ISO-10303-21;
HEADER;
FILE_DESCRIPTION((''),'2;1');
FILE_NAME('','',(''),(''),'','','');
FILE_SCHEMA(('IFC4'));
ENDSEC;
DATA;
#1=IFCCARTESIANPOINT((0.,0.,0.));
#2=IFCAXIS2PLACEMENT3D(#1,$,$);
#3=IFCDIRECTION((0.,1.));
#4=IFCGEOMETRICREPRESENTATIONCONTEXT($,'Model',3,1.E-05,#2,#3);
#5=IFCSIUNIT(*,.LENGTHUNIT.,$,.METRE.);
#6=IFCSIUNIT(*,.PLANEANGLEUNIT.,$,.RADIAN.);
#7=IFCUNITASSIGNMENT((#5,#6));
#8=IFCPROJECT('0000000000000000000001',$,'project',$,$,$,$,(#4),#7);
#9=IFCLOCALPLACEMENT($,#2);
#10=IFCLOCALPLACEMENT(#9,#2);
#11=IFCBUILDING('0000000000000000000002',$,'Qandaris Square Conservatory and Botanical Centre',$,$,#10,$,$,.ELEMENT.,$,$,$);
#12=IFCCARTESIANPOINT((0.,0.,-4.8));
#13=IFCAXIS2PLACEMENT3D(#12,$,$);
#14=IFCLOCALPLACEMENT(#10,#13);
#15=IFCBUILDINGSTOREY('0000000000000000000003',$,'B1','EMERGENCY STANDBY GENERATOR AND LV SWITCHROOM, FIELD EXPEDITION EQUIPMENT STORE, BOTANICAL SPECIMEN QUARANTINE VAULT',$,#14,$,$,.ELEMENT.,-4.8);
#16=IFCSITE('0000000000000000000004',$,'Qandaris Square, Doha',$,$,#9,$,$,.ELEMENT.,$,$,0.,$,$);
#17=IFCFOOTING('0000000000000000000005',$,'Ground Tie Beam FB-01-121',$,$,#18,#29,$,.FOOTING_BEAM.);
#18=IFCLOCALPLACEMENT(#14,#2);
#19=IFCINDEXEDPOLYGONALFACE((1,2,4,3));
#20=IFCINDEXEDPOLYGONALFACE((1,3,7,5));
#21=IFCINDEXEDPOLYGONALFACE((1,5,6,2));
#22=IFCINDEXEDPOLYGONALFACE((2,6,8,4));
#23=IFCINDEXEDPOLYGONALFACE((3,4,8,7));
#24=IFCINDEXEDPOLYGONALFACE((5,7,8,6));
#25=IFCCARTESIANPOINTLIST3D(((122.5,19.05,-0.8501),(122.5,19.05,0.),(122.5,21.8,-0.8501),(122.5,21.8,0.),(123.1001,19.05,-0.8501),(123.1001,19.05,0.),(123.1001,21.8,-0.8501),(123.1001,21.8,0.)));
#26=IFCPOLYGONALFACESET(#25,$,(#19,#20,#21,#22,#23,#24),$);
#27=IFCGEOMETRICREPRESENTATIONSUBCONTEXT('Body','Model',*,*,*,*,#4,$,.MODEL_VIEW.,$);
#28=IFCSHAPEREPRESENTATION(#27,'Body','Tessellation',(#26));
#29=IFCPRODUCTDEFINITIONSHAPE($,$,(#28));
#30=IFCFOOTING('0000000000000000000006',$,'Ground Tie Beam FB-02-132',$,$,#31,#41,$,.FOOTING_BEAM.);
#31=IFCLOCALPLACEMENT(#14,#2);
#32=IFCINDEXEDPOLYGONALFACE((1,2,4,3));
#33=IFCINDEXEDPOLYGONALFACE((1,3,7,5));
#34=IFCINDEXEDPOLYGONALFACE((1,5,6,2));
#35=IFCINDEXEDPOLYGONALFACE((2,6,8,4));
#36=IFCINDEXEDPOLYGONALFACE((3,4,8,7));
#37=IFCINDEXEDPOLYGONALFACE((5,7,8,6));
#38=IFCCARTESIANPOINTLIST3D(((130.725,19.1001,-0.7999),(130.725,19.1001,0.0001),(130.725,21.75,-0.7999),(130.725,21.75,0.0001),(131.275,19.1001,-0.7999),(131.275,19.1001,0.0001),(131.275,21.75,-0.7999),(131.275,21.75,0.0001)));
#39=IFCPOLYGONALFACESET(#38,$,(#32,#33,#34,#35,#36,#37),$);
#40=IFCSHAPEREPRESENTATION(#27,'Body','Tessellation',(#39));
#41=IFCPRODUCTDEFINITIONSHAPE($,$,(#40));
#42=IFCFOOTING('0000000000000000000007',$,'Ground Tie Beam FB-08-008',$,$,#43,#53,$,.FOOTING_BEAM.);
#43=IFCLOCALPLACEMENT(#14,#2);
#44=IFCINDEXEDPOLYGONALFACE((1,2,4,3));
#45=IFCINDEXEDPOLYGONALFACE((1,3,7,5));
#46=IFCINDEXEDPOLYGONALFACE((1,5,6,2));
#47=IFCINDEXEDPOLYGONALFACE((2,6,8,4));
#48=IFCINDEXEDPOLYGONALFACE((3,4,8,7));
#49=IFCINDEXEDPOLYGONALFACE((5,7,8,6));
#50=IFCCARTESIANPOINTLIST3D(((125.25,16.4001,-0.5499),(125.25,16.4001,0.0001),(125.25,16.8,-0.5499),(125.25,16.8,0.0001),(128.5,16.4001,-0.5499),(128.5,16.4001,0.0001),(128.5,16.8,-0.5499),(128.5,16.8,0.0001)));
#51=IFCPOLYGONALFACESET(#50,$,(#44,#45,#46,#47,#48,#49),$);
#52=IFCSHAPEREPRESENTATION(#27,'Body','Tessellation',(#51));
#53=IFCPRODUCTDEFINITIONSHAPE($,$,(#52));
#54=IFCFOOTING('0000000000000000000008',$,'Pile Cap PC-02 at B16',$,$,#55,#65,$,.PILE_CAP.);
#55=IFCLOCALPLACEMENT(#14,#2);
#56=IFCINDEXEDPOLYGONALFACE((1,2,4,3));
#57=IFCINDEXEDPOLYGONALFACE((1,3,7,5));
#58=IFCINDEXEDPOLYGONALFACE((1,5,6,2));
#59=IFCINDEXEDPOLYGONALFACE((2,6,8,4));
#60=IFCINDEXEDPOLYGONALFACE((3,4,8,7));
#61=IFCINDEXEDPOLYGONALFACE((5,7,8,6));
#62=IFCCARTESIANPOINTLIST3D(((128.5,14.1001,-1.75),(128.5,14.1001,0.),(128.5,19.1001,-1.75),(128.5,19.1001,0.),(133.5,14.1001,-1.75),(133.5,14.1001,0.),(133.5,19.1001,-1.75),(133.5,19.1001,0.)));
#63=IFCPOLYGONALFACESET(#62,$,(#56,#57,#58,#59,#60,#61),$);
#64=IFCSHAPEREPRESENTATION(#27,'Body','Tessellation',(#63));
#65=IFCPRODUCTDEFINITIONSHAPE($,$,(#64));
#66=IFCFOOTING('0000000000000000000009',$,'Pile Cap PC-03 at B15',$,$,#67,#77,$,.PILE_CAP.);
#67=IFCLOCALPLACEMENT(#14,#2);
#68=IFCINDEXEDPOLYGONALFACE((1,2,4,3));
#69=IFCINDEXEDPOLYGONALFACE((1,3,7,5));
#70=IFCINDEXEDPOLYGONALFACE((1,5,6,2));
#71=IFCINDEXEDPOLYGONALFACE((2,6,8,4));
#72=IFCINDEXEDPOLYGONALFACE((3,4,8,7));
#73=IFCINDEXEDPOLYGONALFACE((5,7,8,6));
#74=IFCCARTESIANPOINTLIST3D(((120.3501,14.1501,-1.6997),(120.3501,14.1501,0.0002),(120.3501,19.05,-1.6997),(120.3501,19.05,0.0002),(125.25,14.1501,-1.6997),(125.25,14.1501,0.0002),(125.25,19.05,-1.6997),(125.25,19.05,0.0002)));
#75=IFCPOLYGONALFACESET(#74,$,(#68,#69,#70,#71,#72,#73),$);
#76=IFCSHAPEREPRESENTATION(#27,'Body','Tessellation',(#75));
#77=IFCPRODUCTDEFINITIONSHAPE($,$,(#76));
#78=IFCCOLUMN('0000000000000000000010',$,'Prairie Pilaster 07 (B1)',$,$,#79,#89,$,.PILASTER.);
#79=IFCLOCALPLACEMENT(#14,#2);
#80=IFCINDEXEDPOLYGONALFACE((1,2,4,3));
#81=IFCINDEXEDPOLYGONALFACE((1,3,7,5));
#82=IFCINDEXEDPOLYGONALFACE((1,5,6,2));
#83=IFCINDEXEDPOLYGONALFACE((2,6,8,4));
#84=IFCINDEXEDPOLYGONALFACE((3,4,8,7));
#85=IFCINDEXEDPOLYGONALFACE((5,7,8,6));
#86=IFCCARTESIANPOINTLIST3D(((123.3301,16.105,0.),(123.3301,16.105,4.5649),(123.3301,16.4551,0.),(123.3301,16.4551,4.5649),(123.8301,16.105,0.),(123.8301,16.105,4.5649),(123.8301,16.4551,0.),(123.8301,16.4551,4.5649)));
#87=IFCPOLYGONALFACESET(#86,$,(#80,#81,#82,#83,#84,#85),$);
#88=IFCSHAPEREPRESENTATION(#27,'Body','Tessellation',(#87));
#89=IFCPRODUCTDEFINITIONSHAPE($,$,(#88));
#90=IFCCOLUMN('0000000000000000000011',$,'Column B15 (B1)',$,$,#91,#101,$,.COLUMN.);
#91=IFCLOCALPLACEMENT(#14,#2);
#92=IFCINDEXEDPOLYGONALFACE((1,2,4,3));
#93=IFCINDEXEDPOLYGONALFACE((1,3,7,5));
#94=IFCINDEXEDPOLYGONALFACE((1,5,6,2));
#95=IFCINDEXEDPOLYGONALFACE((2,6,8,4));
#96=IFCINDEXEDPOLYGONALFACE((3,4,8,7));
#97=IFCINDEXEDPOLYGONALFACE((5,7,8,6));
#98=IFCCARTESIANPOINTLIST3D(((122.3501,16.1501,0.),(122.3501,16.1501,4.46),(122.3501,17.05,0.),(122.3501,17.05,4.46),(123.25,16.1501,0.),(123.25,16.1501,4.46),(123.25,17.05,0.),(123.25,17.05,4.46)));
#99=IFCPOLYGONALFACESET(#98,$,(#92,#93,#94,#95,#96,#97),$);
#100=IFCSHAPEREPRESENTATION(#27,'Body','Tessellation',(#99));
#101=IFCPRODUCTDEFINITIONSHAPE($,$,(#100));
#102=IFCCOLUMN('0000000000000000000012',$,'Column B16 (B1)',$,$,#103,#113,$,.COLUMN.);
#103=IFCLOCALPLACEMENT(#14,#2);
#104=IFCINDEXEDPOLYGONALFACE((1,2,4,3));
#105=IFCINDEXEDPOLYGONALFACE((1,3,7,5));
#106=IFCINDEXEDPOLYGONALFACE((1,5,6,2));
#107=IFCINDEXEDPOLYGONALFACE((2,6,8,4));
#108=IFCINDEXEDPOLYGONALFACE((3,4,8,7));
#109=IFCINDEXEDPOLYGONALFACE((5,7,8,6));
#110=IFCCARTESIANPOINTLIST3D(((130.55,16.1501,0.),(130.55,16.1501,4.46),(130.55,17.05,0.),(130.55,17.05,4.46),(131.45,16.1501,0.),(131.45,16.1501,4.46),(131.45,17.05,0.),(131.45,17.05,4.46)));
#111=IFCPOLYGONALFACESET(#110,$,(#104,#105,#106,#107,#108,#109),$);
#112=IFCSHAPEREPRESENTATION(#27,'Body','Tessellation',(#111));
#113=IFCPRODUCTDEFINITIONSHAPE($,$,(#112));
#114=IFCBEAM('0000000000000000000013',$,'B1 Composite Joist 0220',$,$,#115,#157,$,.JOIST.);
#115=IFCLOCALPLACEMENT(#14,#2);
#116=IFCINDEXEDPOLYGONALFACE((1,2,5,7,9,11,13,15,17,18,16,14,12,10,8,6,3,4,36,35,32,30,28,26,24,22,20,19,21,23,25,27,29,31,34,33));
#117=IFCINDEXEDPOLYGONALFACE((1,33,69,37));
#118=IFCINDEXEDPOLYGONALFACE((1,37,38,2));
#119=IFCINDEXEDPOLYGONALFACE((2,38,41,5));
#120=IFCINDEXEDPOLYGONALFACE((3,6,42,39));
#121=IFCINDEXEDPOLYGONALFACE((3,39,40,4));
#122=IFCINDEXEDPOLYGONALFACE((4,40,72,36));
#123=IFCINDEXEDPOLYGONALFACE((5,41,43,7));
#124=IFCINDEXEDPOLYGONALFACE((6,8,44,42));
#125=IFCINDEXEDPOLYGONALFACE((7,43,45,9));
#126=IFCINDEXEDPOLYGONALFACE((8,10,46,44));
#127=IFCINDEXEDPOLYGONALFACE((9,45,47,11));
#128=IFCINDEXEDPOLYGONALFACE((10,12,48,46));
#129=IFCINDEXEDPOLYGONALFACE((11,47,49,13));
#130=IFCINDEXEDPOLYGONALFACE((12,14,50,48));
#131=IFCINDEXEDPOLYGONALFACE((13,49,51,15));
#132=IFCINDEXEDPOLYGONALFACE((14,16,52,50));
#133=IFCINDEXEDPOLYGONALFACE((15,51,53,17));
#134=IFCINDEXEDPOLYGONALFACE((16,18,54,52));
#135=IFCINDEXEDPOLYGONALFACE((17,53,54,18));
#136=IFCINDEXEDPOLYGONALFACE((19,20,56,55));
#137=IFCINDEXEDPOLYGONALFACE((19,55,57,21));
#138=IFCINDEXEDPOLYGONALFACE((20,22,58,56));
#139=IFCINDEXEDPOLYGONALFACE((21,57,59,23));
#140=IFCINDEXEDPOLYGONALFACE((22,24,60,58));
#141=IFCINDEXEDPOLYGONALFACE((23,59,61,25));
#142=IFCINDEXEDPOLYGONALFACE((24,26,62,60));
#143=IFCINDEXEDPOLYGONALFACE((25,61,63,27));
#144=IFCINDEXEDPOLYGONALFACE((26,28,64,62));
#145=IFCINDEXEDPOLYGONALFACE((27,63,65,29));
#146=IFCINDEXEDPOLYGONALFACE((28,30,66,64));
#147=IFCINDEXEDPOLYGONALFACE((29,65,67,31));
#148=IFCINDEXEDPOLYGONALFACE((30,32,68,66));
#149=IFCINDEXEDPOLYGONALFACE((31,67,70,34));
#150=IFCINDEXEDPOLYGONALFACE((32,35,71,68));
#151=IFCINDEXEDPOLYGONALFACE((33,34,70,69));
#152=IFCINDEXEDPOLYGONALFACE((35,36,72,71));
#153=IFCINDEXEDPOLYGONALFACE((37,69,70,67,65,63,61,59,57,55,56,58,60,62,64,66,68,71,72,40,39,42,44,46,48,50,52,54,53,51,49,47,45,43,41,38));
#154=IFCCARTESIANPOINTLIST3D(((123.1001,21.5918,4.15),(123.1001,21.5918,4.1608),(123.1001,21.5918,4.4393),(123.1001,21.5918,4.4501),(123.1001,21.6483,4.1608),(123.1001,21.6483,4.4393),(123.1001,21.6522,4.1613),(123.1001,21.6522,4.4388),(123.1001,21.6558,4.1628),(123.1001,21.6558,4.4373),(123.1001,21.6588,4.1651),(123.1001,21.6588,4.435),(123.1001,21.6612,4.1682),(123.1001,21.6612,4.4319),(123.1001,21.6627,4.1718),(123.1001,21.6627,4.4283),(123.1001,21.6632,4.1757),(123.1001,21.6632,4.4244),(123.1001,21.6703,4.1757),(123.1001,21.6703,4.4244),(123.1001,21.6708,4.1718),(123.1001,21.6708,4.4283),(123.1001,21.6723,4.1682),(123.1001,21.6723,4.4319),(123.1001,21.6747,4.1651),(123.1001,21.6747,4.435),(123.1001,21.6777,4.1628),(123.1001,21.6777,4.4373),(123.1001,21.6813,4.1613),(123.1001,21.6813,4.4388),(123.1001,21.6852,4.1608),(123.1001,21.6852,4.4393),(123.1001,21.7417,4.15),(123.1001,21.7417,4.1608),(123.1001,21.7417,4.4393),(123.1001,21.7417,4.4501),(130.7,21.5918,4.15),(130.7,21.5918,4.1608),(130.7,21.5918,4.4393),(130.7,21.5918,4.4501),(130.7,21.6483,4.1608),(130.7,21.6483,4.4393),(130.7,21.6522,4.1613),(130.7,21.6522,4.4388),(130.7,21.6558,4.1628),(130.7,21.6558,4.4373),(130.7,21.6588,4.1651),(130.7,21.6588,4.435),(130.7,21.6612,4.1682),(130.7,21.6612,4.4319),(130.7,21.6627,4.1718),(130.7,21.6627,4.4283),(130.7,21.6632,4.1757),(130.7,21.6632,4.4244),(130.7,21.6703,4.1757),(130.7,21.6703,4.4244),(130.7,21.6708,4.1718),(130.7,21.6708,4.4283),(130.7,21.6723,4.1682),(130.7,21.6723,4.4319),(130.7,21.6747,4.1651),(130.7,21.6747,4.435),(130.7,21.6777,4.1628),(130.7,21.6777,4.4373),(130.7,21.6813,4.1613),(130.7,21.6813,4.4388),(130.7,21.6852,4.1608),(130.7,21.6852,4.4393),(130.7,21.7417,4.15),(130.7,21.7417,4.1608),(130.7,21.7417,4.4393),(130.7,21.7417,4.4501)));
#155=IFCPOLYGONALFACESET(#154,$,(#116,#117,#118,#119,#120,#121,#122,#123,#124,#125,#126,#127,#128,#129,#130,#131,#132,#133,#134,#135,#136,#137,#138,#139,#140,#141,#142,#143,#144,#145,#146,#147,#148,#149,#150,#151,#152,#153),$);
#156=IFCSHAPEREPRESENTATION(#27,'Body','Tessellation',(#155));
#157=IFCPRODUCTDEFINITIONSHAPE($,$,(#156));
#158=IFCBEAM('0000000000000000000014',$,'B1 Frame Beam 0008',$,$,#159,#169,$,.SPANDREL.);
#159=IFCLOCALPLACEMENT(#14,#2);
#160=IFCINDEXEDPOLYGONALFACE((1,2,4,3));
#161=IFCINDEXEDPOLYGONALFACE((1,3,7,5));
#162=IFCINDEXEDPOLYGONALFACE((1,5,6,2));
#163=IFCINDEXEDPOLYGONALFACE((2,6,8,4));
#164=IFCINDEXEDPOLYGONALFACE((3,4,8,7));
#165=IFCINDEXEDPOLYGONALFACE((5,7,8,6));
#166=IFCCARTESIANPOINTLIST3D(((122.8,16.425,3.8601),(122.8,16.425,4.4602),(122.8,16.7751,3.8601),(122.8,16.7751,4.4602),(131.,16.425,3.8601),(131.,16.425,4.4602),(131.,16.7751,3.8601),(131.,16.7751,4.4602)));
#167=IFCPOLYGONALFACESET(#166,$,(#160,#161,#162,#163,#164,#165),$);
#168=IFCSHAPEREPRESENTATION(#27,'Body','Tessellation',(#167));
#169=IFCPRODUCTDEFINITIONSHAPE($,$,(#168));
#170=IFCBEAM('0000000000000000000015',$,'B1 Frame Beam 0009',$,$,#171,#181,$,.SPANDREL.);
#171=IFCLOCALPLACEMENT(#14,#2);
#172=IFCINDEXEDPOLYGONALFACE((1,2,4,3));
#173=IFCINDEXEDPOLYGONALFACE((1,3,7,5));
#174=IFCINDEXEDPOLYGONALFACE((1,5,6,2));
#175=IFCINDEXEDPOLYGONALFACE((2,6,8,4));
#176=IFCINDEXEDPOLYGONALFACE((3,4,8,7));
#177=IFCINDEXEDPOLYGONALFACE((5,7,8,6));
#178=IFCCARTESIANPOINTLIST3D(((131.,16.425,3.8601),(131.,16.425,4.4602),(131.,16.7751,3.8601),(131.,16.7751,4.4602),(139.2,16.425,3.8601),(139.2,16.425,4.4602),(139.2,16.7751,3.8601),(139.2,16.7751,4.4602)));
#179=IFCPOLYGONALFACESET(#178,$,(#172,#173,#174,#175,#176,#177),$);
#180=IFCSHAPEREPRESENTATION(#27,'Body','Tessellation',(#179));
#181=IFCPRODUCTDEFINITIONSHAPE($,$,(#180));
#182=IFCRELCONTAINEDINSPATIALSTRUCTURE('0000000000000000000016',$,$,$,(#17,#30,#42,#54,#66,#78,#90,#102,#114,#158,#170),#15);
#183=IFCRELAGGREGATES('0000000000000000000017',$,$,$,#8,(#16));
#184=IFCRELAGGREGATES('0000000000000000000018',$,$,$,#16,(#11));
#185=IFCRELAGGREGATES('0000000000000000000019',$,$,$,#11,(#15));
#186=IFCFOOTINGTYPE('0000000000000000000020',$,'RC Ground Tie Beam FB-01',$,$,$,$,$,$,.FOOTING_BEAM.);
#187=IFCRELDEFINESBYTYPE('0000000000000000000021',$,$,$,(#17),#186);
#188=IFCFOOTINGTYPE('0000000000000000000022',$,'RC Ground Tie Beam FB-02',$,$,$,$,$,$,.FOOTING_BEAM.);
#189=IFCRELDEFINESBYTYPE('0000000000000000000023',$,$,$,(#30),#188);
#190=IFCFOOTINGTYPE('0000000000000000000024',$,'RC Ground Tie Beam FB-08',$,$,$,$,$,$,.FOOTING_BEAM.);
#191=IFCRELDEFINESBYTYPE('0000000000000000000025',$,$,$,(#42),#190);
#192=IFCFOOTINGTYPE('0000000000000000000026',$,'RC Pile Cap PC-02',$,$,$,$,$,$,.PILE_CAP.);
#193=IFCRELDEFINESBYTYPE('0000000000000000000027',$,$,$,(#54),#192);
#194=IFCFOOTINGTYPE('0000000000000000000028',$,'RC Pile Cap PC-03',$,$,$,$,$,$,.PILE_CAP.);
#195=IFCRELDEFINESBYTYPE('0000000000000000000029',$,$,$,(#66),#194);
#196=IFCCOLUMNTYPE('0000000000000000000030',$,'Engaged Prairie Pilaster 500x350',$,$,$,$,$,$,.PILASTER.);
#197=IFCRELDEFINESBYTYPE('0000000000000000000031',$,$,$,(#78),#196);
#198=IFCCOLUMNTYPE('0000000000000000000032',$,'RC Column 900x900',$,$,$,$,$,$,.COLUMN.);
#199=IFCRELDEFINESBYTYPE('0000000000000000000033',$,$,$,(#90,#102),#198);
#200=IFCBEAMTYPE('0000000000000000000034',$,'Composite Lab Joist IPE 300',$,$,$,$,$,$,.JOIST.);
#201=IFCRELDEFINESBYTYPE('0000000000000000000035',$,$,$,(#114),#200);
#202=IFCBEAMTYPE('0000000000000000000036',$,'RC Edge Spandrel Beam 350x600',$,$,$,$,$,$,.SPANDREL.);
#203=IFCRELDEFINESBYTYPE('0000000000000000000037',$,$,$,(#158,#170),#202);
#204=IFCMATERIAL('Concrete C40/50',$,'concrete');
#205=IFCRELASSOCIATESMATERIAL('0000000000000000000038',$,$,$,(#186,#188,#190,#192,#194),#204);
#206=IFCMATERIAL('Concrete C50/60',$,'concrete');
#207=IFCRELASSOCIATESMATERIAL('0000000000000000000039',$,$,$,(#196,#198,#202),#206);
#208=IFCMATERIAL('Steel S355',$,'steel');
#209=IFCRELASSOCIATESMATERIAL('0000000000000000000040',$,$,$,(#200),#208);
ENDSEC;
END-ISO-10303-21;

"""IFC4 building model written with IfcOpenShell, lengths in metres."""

from ifc_helpers import new_model, si_unit, direction, frame, origin, origin_2d, place, context, subcontext, project, spatial, rectangle, i_section, extrude, material, material_profile, profile_set, type_object, element, save


model = new_model("IFC4")

# Units and contexts
model_context = context("Model", 3, precision=1e-05, world=origin(), true_north=direction((0.0, 1.0)))
body_context = subcontext(model_context, "Body", "Model", "MODEL_VIEW")
ifc_project = project(units=[si_unit("LENGTHUNIT", "METRE"), si_unit("PLANEANGLEUNIT", "RADIAN")], contexts=[model_context])

# Site, building, storey
site_placement = place(None, origin())
site = spatial("IfcSite", under=ifc_project, at=site_placement, Name="Qandaris Square, Doha", CompositionType="ELEMENT", RefElevation=0.0)
building_placement = place(site_placement, origin())
building = spatial("IfcBuilding", under=site, at=building_placement, Name="Qandaris Square Conservatory and Botanical Centre", CompositionType="ELEMENT")
storey_placement = place(building_placement, frame((0.0, 0.0, -4.8)))
storey = spatial("IfcBuildingStorey", under=building, at=storey_placement, Name="B1", Description="EMERGENCY STANDBY GENERATOR AND LV SWITCHROOM, FIELD EXPEDITION EQUIPMENT STORE, BOTANICAL SPECIMEN QUARANTINE VAULT", CompositionType="ELEMENT", Elevation=-4.8)

# Shared definitions
ifc_material_1 = material(Name="Concrete C50/60", Category="concrete")

# Footings
ifc_material_2 = material(Name="Concrete C40/50", Category="concrete")
ifc_material_profile_1 = material_profile(ifc_material_2, rectangle(XDim=0.6001, YDim=0.8501, at=origin_2d()), Name="FB 600x850")
ifc_profile_set_1 = profile_set([ifc_material_profile_1], Name="Concrete C40/50")
footing_type_1 = type_object("IfcFootingType", Name="RC Ground Tie Beam FB-01", PredefinedType="FOOTING_BEAM", material=ifc_profile_set_1)
footing_1_placement = place(storey_placement, frame((122.8, 19.05, -0.425), z_axis=(0.0, 1.0, 0.0), x_axis=(-1.0, 0.0, 0.0)))
element("IfcFooting", 1, at=footing_1_placement, inside=storey, type_object=footing_type_1, Name="Ground Tie Beam FB-01-121", PredefinedType="FOOTING_BEAM", context=body_context, shape_type="SweptSolid", body=[
    extrude(rectangle(XDim=0.6001, YDim=0.8501, at=origin_2d()), origin(), (0.0, 0.0, 1.0), 2.75),
])
ifc_material_profile_2 = material_profile(ifc_material_2, rectangle(XDim=0.55, YDim=0.8, at=origin_2d()), Name="FB 550x800")
ifc_profile_set_2 = profile_set([ifc_material_profile_2], Name="Concrete C40/50")
footing_type_2 = type_object("IfcFootingType", Name="RC Ground Tie Beam FB-02", PredefinedType="FOOTING_BEAM", material=ifc_profile_set_2)
footing_2_placement = place(storey_placement, frame((131.0, 19.1001, -0.3999), z_axis=(0.0, 1.0, 0.0), x_axis=(-1.0, 0.0, 0.0)))
element("IfcFooting", 2, at=footing_2_placement, inside=storey, type_object=footing_type_2, Name="Ground Tie Beam FB-02-132", PredefinedType="FOOTING_BEAM", context=body_context, shape_type="SweptSolid", body=[
    extrude(rectangle(XDim=0.55, YDim=0.8, at=origin_2d()), origin(), (0.0, 0.0, 1.0), 2.6499),
])
ifc_material_profile_3 = material_profile(ifc_material_2, rectangle(XDim=0.3999, YDim=0.55, at=origin_2d()), Name="FB 400x550")
ifc_profile_set_3 = profile_set([ifc_material_profile_3], Name="Concrete C40/50")
footing_type_3 = type_object("IfcFootingType", Name="RC Ground Tie Beam FB-08", PredefinedType="FOOTING_BEAM", material=ifc_profile_set_3)
footing_3_placement = place(storey_placement, frame((125.25, 16.6001, -0.2749), z_axis=(1.0, 0.0, 0.0), x_axis=(0.0, 1.0, 0.0)))
element("IfcFooting", 3, at=footing_3_placement, inside=storey, type_object=footing_type_3, Name="Ground Tie Beam FB-08-008", PredefinedType="FOOTING_BEAM", context=body_context, shape_type="SweptSolid", body=[
    extrude(rectangle(XDim=0.3999, YDim=0.55, at=origin_2d()), origin(), (0.0, 0.0, 1.0), 3.25),
])
footing_type_4 = type_object("IfcFootingType", Name="RC Pile Cap PC-02", PredefinedType="PILE_CAP", material=ifc_material_2)
footing_4_placement = place(storey_placement, frame((131.0, 16.6001, -1.75), z_axis=(0.0, 0.0, 1.0), x_axis=(1.0, 0.0, 0.0)))
element("IfcFooting", 4, at=footing_4_placement, inside=storey, type_object=footing_type_4, Name="Pile Cap PC-02 at B16", PredefinedType="PILE_CAP", context=body_context, shape_type="SweptSolid", body=[
    extrude(rectangle(XDim=5.0, YDim=5.0, at=origin_2d()), origin(), (0.0, 0.0, 1.0), 1.75),
])
footing_type_5 = type_object("IfcFootingType", Name="RC Pile Cap PC-03", PredefinedType="PILE_CAP", material=ifc_material_2)
footing_5_placement = place(storey_placement, frame((122.8, 16.6001, -1.6997), z_axis=(0.0, 0.0, 1.0), x_axis=(1.0, 0.0, 0.0)))
element("IfcFooting", 5, at=footing_5_placement, inside=storey, type_object=footing_type_5, Name="Pile Cap PC-03 at B15", PredefinedType="PILE_CAP", context=body_context, shape_type="SweptSolid", body=[
    extrude(rectangle(XDim=4.8999, YDim=4.8999, at=origin_2d()), origin(), (0.0, 0.0, 1.0), 1.7),
])

# Columns
ifc_material_profile_4 = material_profile(ifc_material_1, rectangle(XDim=0.5, YDim=0.3501, at=origin_2d()), Name="RC-PIL 500x350")
ifc_profile_set_4 = profile_set([ifc_material_profile_4], Name="Concrete C50/60")
column_type_1 = type_object("IfcColumnType", Name="Engaged Prairie Pilaster 500x350", PredefinedType="PILASTER", material=ifc_profile_set_4)
column_placement = place(storey_placement, frame((123.5801, 16.28, 0.0), z_axis=(0.0, 0.0, 1.0), x_axis=(1.0, 0.0, 0.0)))
element("IfcColumn", 6, at=column_placement, inside=storey, type_object=column_type_1, Name="Prairie Pilaster 07 (B1)", PredefinedType="PILASTER", context=body_context, shape_type="SweptSolid", body=[
    extrude(rectangle(XDim=0.5, YDim=0.3501, at=origin_2d()), origin(), (0.0, 0.0, 1.0), 4.5649),
])
ifc_material_profile_5 = material_profile(ifc_material_1, rectangle(XDim=0.8999, YDim=0.8999, at=origin_2d()), Name="RC-COL 900x900")
ifc_profile_set_5 = profile_set([ifc_material_profile_5], Name="Concrete C50/60")
column_type_2 = type_object("IfcColumnType", Name="RC Column 900x900", PredefinedType="COLUMN", material=ifc_profile_set_5)
for number, where, z_axis, x_axis, name in (
    (7, (122.8, 16.6001, 0.0), (0.0, 0.0, 1.0), (1.0, 0.0, 0.0), "Column B15 (B1)"),
    (8, (131.0, 16.6001, 0.0), (0.0, 0.0, 1.0), (1.0, 0.0, 0.0), "Column B16 (B1)"),
):
    element("IfcColumn", number, at=place(storey_placement, frame(where, z_axis=z_axis, x_axis=x_axis)), inside=storey, type_object=column_type_2, Name=name, PredefinedType="COLUMN", context=body_context, shape_type="SweptSolid", body=[
        extrude(rectangle(XDim=0.8999, YDim=0.8999, at=origin_2d()), origin(), (0.0, 0.0, 1.0), 4.46),
    ])

# Beams
ifc_material_3 = material(Name="Steel S355", Category="steel")
ifc_material_profile_6 = material_profile(ifc_material_3, i_section(OverallWidth=0.1499, OverallDepth=0.3, WebThickness=0.0071, FlangeThickness=0.0107, FilletRadius=0.0149, at=origin_2d()), Name="IPE 300")
ifc_profile_set_6 = profile_set([ifc_material_profile_6], Name="Steel S355")
beam_type_1 = type_object("IfcBeamType", Name="Composite Lab Joist IPE 300", PredefinedType="JOIST", material=ifc_profile_set_6)
beam_1_placement = place(storey_placement, frame((123.1001, 21.6667, 4.3), z_axis=(1.0, 0.0, 0.0), x_axis=(0.0, 1.0, 0.0)))
element("IfcBeam", 9, at=beam_1_placement, inside=storey, type_object=beam_type_1, Name="B1 Composite Joist 0220", PredefinedType="JOIST", context=body_context, shape_type="SweptSolid", body=[
    extrude(i_section(OverallWidth=0.1499, OverallDepth=0.3, WebThickness=0.0071, FlangeThickness=0.0107, FilletRadius=0.0149, at=origin_2d()), origin(), (0.0, 0.0, 1.0), 7.5999),
])
ifc_material_profile_7 = material_profile(ifc_material_1, rectangle(XDim=0.3501, YDim=0.6001, at=origin_2d()), Name="RC-SP 350x600")
ifc_profile_set_7 = profile_set([ifc_material_profile_7], Name="Concrete C50/60")
beam_type_2 = type_object("IfcBeamType", Name="RC Edge Spandrel Beam 350x600", PredefinedType="SPANDREL", material=ifc_profile_set_7)
for number, where, z_axis, x_axis, name in (
    (10, (122.8, 16.6001, 4.1602), (1.0, 0.0, 0.0), (0.0, 1.0, 0.0), "B1 Frame Beam 0008"),
    (11, (131.0, 16.6001, 4.1602), (1.0, 0.0, 0.0), (0.0, 1.0, 0.0), "B1 Frame Beam 0009"),
):
    element("IfcBeam", number, at=place(storey_placement, frame(where, z_axis=z_axis, x_axis=x_axis)), inside=storey, type_object=beam_type_2, Name=name, PredefinedType="SPANDREL", context=body_context, shape_type="SweptSolid", body=[
        extrude(rectangle(XDim=0.3501, YDim=0.6001, at=origin_2d()), origin(), (0.0, 0.0, 1.0), 8.2),
    ])

save(model, "model.ifc")
